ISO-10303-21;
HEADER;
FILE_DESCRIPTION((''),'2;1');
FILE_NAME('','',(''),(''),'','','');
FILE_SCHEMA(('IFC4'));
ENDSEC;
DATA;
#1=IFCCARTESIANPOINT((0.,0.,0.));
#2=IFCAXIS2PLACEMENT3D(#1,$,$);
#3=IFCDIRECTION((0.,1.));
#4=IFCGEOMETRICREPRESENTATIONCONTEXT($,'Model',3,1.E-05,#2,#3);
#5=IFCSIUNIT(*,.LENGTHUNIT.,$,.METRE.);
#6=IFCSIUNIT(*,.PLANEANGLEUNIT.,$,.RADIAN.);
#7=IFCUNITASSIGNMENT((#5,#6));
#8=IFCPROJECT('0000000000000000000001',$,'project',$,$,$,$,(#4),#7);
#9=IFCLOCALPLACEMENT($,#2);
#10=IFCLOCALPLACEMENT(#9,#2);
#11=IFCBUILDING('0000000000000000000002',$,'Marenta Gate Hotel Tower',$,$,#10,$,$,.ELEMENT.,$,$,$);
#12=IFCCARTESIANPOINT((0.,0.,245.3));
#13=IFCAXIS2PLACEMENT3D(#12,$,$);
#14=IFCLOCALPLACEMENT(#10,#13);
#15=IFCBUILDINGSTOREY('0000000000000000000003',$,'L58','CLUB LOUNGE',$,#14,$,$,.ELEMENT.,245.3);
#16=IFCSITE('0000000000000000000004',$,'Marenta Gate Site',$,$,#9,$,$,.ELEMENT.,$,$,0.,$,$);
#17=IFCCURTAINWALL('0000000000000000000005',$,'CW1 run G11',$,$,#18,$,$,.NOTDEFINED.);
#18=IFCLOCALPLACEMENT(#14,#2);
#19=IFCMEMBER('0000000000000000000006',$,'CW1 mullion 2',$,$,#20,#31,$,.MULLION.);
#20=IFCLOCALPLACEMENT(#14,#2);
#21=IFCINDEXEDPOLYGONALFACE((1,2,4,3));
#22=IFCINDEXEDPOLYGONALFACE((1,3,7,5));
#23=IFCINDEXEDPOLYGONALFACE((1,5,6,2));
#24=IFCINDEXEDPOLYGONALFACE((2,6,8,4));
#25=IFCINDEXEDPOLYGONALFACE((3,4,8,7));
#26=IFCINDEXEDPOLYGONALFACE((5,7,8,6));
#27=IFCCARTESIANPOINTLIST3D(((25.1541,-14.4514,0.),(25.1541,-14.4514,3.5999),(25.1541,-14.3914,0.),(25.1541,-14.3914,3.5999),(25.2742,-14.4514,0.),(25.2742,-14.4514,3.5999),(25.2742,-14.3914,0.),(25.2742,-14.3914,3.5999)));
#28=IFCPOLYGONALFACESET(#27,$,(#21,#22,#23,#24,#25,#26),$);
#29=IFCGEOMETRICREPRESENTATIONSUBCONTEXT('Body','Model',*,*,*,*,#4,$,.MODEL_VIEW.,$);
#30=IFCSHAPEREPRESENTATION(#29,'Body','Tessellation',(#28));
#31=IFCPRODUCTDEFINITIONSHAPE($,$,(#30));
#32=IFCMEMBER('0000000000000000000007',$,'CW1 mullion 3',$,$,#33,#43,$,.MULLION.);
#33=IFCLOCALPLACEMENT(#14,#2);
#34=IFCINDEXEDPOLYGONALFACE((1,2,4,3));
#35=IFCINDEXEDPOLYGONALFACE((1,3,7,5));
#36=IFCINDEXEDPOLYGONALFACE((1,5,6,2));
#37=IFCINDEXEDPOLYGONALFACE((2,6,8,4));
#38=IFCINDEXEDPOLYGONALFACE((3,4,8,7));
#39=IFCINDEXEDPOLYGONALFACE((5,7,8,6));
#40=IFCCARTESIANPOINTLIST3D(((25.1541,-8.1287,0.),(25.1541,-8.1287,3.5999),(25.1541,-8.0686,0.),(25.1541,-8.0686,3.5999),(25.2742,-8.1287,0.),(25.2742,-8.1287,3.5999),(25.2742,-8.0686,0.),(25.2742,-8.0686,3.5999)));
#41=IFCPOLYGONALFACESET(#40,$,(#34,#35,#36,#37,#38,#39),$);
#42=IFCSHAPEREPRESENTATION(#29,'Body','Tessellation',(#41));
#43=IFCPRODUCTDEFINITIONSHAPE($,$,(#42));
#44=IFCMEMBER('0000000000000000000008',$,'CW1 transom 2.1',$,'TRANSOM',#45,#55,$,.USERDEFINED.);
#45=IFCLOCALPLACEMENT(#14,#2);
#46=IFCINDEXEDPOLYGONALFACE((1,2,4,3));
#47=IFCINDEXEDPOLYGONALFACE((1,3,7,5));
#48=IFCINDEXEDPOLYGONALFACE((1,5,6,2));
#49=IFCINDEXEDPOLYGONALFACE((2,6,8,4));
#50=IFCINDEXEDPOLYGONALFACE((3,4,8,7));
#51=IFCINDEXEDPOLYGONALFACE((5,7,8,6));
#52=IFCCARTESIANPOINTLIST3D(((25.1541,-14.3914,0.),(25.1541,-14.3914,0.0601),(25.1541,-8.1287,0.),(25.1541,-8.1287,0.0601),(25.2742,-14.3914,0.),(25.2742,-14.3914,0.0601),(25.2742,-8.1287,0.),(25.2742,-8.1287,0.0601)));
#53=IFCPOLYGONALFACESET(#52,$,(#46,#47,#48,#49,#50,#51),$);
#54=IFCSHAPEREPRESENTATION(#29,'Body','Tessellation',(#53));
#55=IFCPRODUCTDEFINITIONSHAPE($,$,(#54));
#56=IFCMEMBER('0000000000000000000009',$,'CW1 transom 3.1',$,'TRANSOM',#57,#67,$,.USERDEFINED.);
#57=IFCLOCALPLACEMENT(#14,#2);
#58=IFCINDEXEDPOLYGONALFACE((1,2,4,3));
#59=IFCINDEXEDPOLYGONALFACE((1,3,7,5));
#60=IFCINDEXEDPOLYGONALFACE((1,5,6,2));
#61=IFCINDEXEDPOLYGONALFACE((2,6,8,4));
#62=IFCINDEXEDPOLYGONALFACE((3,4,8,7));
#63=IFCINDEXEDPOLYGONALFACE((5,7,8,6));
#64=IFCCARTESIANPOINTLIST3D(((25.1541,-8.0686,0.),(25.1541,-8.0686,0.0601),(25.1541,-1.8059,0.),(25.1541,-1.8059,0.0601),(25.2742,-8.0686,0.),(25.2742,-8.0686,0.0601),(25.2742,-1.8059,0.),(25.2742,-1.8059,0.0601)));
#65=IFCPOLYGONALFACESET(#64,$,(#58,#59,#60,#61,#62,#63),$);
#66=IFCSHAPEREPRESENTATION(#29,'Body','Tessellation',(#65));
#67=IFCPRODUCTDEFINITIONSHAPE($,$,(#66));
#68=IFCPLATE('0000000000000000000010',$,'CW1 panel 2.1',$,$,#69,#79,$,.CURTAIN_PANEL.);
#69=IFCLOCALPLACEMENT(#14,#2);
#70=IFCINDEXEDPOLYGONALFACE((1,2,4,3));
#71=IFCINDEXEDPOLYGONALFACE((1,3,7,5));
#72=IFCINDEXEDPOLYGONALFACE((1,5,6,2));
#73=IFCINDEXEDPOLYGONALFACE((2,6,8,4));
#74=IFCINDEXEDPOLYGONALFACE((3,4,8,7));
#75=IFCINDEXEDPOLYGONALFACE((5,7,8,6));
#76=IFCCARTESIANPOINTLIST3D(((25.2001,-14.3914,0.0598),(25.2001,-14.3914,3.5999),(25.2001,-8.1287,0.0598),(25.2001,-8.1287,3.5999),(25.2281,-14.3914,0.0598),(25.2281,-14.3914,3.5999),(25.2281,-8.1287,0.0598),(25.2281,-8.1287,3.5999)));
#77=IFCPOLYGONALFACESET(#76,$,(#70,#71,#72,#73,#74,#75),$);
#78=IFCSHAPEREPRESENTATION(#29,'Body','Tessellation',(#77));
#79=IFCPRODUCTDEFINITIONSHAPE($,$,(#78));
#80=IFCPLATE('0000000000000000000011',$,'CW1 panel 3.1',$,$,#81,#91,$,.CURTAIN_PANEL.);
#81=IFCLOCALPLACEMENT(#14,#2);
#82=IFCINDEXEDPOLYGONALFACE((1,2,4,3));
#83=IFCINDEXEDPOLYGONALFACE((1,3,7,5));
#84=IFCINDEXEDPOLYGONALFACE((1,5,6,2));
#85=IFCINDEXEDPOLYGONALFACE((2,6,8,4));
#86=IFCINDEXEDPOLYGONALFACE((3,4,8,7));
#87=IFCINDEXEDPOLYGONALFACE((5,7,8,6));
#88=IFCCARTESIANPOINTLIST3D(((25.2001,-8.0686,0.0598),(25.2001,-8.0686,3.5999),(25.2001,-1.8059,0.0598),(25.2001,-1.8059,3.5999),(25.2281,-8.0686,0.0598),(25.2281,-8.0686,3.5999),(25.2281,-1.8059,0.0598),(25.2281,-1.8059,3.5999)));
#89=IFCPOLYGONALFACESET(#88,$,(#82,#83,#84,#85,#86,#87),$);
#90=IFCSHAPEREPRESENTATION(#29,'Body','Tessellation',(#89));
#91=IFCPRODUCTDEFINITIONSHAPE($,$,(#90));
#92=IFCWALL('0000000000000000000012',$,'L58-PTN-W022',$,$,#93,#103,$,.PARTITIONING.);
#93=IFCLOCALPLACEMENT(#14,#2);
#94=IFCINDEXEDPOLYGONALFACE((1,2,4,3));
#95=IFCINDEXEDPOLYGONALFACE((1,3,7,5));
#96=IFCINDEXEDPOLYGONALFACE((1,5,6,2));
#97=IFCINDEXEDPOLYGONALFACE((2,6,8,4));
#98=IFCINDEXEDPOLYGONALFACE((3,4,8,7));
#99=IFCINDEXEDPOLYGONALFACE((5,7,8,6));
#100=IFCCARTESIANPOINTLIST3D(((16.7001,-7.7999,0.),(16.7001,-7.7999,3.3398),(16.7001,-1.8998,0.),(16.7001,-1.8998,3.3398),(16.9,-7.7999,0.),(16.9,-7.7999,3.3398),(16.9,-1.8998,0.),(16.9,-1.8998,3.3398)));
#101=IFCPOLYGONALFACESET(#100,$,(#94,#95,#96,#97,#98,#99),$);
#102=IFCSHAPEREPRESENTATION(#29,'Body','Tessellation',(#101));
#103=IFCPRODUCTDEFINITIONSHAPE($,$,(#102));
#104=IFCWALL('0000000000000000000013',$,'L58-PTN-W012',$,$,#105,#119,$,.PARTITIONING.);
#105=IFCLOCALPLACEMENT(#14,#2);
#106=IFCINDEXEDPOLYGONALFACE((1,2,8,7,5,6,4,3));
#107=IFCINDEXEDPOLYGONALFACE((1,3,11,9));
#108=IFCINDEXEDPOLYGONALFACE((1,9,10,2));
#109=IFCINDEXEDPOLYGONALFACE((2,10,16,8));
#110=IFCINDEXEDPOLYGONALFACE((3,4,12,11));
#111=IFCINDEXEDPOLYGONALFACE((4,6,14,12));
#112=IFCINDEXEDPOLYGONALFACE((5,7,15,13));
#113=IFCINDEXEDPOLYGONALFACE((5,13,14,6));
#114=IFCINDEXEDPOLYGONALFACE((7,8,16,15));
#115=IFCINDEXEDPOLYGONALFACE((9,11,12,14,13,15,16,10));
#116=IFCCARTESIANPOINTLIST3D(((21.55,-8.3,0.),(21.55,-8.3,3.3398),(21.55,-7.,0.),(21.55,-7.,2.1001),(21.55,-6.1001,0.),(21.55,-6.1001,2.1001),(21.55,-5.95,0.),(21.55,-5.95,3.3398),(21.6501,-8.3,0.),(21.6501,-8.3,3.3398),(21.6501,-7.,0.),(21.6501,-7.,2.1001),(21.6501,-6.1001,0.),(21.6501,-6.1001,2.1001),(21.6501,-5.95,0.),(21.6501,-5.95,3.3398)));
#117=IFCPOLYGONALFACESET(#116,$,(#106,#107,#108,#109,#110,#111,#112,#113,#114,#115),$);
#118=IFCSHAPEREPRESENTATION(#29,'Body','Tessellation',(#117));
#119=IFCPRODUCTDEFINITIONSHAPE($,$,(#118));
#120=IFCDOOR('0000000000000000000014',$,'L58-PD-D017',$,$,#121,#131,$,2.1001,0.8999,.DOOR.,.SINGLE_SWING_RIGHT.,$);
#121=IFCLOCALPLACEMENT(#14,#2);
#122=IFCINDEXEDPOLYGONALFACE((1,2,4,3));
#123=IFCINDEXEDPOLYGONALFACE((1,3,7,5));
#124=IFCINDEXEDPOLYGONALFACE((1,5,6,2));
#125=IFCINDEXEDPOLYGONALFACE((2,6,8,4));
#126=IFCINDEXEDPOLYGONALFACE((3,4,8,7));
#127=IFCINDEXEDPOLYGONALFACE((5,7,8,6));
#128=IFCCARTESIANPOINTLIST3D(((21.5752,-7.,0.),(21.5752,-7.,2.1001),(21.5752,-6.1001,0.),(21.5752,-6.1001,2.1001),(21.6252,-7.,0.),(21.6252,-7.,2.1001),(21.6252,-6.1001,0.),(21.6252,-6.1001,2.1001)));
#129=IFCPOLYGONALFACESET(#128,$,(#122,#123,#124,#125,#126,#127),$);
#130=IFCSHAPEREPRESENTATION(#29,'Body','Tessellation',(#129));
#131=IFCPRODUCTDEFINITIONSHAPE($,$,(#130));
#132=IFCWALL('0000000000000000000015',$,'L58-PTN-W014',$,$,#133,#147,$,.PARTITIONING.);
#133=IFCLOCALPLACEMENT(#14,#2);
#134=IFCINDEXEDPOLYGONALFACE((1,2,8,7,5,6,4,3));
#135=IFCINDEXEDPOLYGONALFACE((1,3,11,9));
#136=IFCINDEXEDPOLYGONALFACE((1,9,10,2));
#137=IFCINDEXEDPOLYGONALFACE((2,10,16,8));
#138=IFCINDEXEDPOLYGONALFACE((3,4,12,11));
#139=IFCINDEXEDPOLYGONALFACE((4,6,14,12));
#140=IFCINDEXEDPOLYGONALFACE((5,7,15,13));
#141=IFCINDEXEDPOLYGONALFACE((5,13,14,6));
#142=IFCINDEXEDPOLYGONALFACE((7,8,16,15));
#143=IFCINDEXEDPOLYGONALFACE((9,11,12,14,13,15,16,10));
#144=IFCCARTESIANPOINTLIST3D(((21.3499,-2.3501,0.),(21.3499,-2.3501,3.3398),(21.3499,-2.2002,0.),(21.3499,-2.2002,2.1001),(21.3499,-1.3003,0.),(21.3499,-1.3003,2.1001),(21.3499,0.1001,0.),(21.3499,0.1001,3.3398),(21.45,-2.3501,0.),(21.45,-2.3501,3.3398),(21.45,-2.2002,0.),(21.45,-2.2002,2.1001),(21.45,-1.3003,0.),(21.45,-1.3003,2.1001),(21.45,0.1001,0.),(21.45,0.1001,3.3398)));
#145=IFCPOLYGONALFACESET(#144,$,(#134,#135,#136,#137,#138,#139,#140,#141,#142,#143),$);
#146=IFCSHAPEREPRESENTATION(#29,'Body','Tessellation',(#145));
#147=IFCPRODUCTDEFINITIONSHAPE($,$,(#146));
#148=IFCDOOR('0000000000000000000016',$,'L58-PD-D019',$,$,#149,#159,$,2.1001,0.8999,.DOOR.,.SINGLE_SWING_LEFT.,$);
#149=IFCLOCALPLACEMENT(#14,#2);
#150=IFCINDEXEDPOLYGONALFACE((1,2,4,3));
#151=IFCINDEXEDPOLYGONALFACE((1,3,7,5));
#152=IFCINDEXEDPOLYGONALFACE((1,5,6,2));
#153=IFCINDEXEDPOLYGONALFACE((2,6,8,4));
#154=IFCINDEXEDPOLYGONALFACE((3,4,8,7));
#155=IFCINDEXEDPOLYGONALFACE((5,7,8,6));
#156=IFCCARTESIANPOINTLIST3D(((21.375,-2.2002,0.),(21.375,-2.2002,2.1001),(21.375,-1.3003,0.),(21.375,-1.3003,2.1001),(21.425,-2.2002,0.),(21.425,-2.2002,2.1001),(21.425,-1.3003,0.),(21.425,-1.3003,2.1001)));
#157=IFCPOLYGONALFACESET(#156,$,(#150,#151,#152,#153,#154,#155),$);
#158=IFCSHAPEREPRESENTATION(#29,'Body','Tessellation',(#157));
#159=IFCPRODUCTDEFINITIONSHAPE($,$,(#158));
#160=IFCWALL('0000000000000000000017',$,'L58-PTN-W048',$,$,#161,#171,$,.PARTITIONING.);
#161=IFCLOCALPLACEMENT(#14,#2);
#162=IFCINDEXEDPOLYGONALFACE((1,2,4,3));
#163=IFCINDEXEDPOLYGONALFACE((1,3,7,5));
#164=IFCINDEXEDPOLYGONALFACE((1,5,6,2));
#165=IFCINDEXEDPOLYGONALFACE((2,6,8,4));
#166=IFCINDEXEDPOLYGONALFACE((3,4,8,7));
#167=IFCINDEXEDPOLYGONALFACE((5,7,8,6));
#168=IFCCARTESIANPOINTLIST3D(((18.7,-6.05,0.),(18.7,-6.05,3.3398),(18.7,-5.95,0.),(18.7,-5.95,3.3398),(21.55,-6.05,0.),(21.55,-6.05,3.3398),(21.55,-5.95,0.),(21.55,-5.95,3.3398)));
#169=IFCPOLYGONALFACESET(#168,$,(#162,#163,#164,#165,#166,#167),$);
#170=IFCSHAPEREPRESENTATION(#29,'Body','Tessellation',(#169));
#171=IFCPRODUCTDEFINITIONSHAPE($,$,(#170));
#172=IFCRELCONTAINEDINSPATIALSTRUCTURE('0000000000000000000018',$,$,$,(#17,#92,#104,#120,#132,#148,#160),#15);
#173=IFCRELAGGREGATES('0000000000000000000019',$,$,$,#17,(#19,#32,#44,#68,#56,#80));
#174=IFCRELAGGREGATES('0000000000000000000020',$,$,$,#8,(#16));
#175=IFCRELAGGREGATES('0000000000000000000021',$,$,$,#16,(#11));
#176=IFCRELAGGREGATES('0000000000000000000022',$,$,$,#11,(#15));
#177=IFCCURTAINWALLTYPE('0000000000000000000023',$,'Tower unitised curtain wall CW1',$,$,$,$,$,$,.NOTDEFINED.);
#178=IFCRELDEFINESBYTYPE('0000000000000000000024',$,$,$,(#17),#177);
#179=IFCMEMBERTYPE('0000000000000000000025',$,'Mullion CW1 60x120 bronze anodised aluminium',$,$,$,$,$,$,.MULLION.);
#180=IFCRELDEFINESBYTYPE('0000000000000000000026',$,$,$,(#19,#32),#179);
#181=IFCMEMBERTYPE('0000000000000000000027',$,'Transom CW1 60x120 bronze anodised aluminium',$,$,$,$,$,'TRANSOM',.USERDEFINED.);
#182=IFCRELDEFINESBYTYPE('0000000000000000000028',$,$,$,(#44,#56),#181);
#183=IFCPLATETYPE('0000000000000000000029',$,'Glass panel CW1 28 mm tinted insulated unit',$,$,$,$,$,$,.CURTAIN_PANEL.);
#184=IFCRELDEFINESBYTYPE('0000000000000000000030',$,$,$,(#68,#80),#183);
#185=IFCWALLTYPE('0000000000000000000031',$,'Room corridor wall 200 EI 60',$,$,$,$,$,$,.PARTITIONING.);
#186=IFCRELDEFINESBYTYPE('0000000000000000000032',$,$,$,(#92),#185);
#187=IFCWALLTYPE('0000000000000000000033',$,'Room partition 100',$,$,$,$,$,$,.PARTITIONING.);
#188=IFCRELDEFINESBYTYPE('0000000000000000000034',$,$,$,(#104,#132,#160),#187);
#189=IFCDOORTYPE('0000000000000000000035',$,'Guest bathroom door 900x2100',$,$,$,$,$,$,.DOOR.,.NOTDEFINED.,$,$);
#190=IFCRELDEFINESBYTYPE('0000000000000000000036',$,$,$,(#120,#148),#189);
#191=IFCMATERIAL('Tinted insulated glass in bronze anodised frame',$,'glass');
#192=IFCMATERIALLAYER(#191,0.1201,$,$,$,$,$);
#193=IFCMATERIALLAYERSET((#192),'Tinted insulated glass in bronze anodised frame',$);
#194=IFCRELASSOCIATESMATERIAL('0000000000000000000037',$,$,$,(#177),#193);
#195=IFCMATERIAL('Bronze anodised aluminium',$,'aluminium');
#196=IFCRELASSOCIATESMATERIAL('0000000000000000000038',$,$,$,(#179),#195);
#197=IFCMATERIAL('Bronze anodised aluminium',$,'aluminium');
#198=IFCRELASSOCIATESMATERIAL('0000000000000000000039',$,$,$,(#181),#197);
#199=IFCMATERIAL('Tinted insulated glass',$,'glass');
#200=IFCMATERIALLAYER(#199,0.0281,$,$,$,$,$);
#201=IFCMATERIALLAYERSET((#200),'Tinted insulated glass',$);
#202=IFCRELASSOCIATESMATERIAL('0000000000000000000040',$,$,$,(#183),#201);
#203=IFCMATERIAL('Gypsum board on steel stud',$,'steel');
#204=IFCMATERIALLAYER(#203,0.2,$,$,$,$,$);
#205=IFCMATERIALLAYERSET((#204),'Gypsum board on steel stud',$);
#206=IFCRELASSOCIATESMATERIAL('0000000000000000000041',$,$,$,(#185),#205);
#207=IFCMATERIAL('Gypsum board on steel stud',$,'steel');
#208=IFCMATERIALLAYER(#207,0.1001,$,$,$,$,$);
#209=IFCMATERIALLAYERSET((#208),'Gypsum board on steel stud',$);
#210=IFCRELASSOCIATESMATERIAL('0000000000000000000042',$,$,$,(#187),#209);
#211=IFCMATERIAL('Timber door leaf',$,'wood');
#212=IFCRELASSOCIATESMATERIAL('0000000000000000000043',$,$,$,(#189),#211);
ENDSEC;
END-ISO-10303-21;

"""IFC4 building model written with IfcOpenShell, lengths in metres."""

from ifc_helpers import new_model, si_unit, direction, frame, frame_2d, origin, origin_2d, place, context, subcontext, project, spatial, rectangle, extrude, material, layer, layer_set, material_profile, profile_set, type_object, element, fill, aggregate, save


model = new_model("IFC4")

# Units and contexts
model_context = context("Model", 3, precision=1e-05, world=origin(), true_north=direction((0.0, 1.0)))
body_context = subcontext(model_context, "Body", "Model", "MODEL_VIEW")
ifc_project = project(units=[si_unit("LENGTHUNIT", "METRE"), si_unit("PLANEANGLEUNIT", "RADIAN")], contexts=[model_context])

# Site, building, storey
site_placement = place(None, origin())
site = spatial("IfcSite", under=ifc_project, at=site_placement, Name="Marenta Gate Site", CompositionType="ELEMENT", RefElevation=0.0)
building_placement = place(site_placement, origin())
building = spatial("IfcBuilding", under=site, at=building_placement, Name="Marenta Gate Hotel Tower", CompositionType="ELEMENT")
storey_placement = place(building_placement, frame((0.0, 0.0, 245.3)))
storey = spatial("IfcBuildingStorey", under=building, at=storey_placement, Name="L58", Description="CLUB LOUNGE", CompositionType="ELEMENT", Elevation=245.3)

# Curtain wall, members, plates
ifc_material_1 = material(Name="Tinted insulated glass in bronze anodised frame", Category="glass")
ifc_layer_1 = layer(ifc_material_1, 0.1201)
ifc_layer_set_1 = layer_set([ifc_layer_1], Name="Tinted insulated glass in bronze anodised frame")
curtain_wall_type = type_object("IfcCurtainWallType", Name="Tower unitised curtain wall CW1", PredefinedType="NOTDEFINED", material=ifc_layer_set_1)
curtain_wall_placement = place(storey_placement, origin())
curtain_wall = element("IfcCurtainWall", 1, at=curtain_wall_placement, inside=storey, type_object=curtain_wall_type, Name="CW1 run G11", PredefinedType="NOTDEFINED")
ifc_material_2 = material(Name="Bronze anodised aluminium", Category="aluminium")
ifc_material_profile_1 = material_profile(ifc_material_2, rectangle(XDim=0.1201, YDim=0.0601, at=origin_2d()), Name="Mullion CW1 60x120 bronze anodised aluminium")
ifc_profile_set_1 = profile_set([ifc_material_profile_1], Name="Bronze anodised aluminium")
member_type_1 = type_object("IfcMemberType", Name="Mullion CW1 60x120 bronze anodised aluminium", PredefinedType="MULLION", material=ifc_profile_set_1)
member_1_placement = place(storey_placement, frame((25.2141, -14.4214, 0.0), z_axis=(0.0, 0.0, 1.0), x_axis=(-1.0, 0.0, 0.0)))
member_1 = element("IfcMember", 2, at=member_1_placement, type_object=member_type_1, Name="CW1 mullion 2", PredefinedType="MULLION", context=body_context, shape_type="SweptSolid", body=[
    extrude(rectangle(XDim=0.1201, YDim=0.0601, at=origin_2d()), origin(), (0.0, 0.0, 1.0), 3.5999),
])
member_2_placement = place(storey_placement, frame((25.2141, -8.0986, 0.0), z_axis=(0.0, 0.0, 1.0), x_axis=(-1.0, 0.0, 0.0)))
member_2 = element("IfcMember", 3, at=member_2_placement, type_object=member_type_1, Name="CW1 mullion 3", PredefinedType="MULLION", context=body_context, shape_type="SweptSolid", body=[
    extrude(rectangle(XDim=0.1201, YDim=0.0601, at=origin_2d()), origin(), (0.0, 0.0, 1.0), 3.5999),
])
ifc_material_3 = material(Name="Bronze anodised aluminium", Category="aluminium")
ifc_material_profile_2 = material_profile(ifc_material_3, rectangle(XDim=0.1201, YDim=0.0601, at=origin_2d()), Name="Transom CW1 60x120 bronze anodised aluminium")
ifc_profile_set_2 = profile_set([ifc_material_profile_2], Name="Bronze anodised aluminium")
member_type_2 = type_object("IfcMemberType", Name="Transom CW1 60x120 bronze anodised aluminium", ElementType="TRANSOM", PredefinedType="USERDEFINED", material=ifc_profile_set_2)
member_3_placement = place(storey_placement, frame((25.2141, -14.3914, 0.03), z_axis=(0.0, 1.0, 0.0), x_axis=(-1.0, 0.0, 0.0)))
member_3 = element("IfcMember", 4, at=member_3_placement, type_object=member_type_2, Name="CW1 transom 2.1", ObjectType="TRANSOM", PredefinedType="USERDEFINED", context=body_context, shape_type="SweptSolid", body=[
    extrude(rectangle(XDim=0.1201, YDim=0.0601, at=origin_2d()), origin(), (0.0, 0.0, 1.0), 6.2627),
])
member_4_placement = place(storey_placement, frame((25.2141, -8.0686, 0.03), z_axis=(0.0, 1.0, 0.0), x_axis=(-1.0, 0.0, 0.0)))
member_4 = element("IfcMember", 5, at=member_4_placement, type_object=member_type_2, Name="CW1 transom 3.1", ObjectType="TRANSOM", PredefinedType="USERDEFINED", context=body_context, shape_type="SweptSolid", body=[
    extrude(rectangle(XDim=0.1201, YDim=0.0601, at=origin_2d()), origin(), (0.0, 0.0, 1.0), 6.2627),
])
ifc_material_4 = material(Name="Tinted insulated glass", Category="glass")
ifc_layer_2 = layer(ifc_material_4, 0.0281)
ifc_layer_set_2 = layer_set([ifc_layer_2], Name="Tinted insulated glass")
plate_type = type_object("IfcPlateType", Name="Glass panel CW1 28 mm tinted insulated unit", PredefinedType="CURTAIN_PANEL", material=ifc_layer_set_2)
plate_1_placement = place(storey_placement, frame((25.2141, -11.26, 0.0598), z_axis=(0.0, 0.0, 1.0), x_axis=(0.0, 1.0, 0.0)))
plate_1 = element("IfcPlate", 6, at=plate_1_placement, type_object=plate_type, Name="CW1 panel 2.1", PredefinedType="CURTAIN_PANEL", context=body_context, shape_type="SweptSolid", body=[
    extrude(rectangle(XDim=6.2627, YDim=0.0281, at=origin_2d()), origin(), (0.0, 0.0, 1.0), 3.54),
])
plate_2_placement = place(storey_placement, frame((25.2141, -4.9373, 0.0598), z_axis=(0.0, 0.0, 1.0), x_axis=(0.0, 1.0, 0.0)))
plate_2 = element("IfcPlate", 7, at=plate_2_placement, type_object=plate_type, Name="CW1 panel 3.1", PredefinedType="CURTAIN_PANEL", context=body_context, shape_type="SweptSolid", body=[
    extrude(rectangle(XDim=6.2627, YDim=0.0281, at=origin_2d()), origin(), (0.0, 0.0, 1.0), 3.54),
])
aggregate(curtain_wall, [member_1, member_2, member_3, plate_1, member_4, plate_2])

# Wall
ifc_material_5 = material(Name="Gypsum board on steel stud", Category="steel")
ifc_layer_3 = layer(ifc_material_5, 0.2)
ifc_layer_set_3 = layer_set([ifc_layer_3], Name="Gypsum board on steel stud")
wall_type_1 = type_object("IfcWallType", Name="Room corridor wall 200 EI 60", PredefinedType="PARTITIONING", material=ifc_layer_set_3)
wall_1_placement = place(storey_placement, frame((16.8, -7.8, 0.0), z_axis=(0.0, 0.0, 1.0), x_axis=(0.0, 1.0, 0.0)))
element("IfcWall", 8, at=wall_1_placement, inside=storey, type_object=wall_type_1, Name="L58-PTN-W022", PredefinedType="PARTITIONING", context=body_context, shape_type="SweptSolid", body=[
    extrude(rectangle(XDim=5.9001, YDim=0.2, at=frame_2d((2.9502, 0.0))), origin(), (0.0, 0.0, 1.0), 3.3398),
])

# Walls, openings, doors
ifc_material_6 = material(Name="Gypsum board on steel stud", Category="steel")
ifc_layer_4 = layer(ifc_material_6, 0.1001)
ifc_layer_set_4 = layer_set([ifc_layer_4], Name="Gypsum board on steel stud")
wall_type_2 = type_object("IfcWallType", Name="Room partition 100", PredefinedType="PARTITIONING", material=ifc_layer_set_4)
wall_2_placement = place(storey_placement, frame((21.6001, -8.3, 0.0), z_axis=(0.0, 0.0, 1.0), x_axis=(0.0, 1.0, 0.0)))
wall_2 = element("IfcWall", 9, at=wall_2_placement, inside=storey, type_object=wall_type_2, Name="L58-PTN-W012", PredefinedType="PARTITIONING", context=body_context, shape_type="SweptSolid", body=[
    extrude(rectangle(XDim=2.3501, YDim=0.1001, at=frame_2d((1.175, 0.0))), origin(), (0.0, 0.0, 1.0), 3.3398),
])
opening_1_placement = place(wall_2_placement, frame((1.3, 0.0, 0.0)))
opening_1 = element("IfcOpeningElement", 10, at=opening_1_placement, cuts=wall_2, PredefinedType="OPENING", context=body_context, shape_type="SweptSolid", body=[
    extrude(rectangle(XDim=0.8999, YDim=2.1001, at=frame_2d((0.45, 1.05))), frame((0.0, 0.05, 0.0), z_axis=(0.0, -1.0, 0.0), x_axis=(1.0, 0.0, 0.0)), (0.0, 0.0, 1.0), 0.1001),
])
ifc_material_7 = material(Name="Timber door leaf", Category="wood")
door_type = type_object("IfcDoorType", Name="Guest bathroom door 900x2100", OperationType="NOTDEFINED", PredefinedType="DOOR", material=ifc_material_7)
door_1_placement = place(opening_1_placement, origin())
door_1 = element("IfcDoor", 11, at=door_1_placement, inside=storey, type_object=door_type, Name="L58-PD-D017", OperationType="SINGLE_SWING_RIGHT", OverallHeight=2.1001, OverallWidth=0.8999, PredefinedType="DOOR", context=body_context, shape_type="SweptSolid", body=[
    extrude(rectangle(XDim=0.8999, YDim=2.1001, at=frame_2d((0.45, 1.05))), frame((0.0, 0.0249, 0.0), z_axis=(0.0, -1.0, 0.0), x_axis=(1.0, 0.0, 0.0)), (0.0, 0.0, 1.0), 0.05),
])
fill(opening_1, door_1)
wall_3_placement = place(storey_placement, frame((21.3999, -2.3501, 0.0), z_axis=(0.0, 0.0, 1.0), x_axis=(0.0, 1.0, 0.0)))
wall_3 = element("IfcWall", 12, at=wall_3_placement, inside=storey, type_object=wall_type_2, Name="L58-PTN-W014", PredefinedType="PARTITIONING", context=body_context, shape_type="SweptSolid", body=[
    extrude(rectangle(XDim=2.4502, YDim=0.1001, at=frame_2d((1.2251, 0.0))), origin(), (0.0, 0.0, 1.0), 3.3398),
])
opening_2_placement = place(wall_3_placement, frame((0.1499, 0.0, 0.0)))
opening_2 = element("IfcOpeningElement", 13, at=opening_2_placement, cuts=wall_3, PredefinedType="OPENING", context=body_context, shape_type="SweptSolid", body=[
    extrude(rectangle(XDim=0.8999, YDim=2.1001, at=frame_2d((0.45, 1.05))), frame((0.0, 0.05, 0.0), z_axis=(0.0, -1.0, 0.0), x_axis=(1.0, 0.0, 0.0)), (0.0, 0.0, 1.0), 0.1001),
])
door_2_placement = place(opening_2_placement, origin())
door_2 = element("IfcDoor", 14, at=door_2_placement, inside=storey, type_object=door_type, Name="L58-PD-D019", OperationType="SINGLE_SWING_LEFT", OverallHeight=2.1001, OverallWidth=0.8999, PredefinedType="DOOR", context=body_context, shape_type="SweptSolid", body=[
    extrude(rectangle(XDim=0.8999, YDim=2.1001, at=frame_2d((0.45, 1.05))), frame((0.0, 0.0249, 0.0), z_axis=(0.0, -1.0, 0.0), x_axis=(1.0, 0.0, 0.0)), (0.0, 0.0, 1.0), 0.05),
])
fill(opening_2, door_2)

# Wall
wall_4_placement = place(storey_placement, frame((18.7, -6.0, 0.0), z_axis=(0.0, 0.0, 1.0), x_axis=(1.0, 0.0, 0.0)))
element("IfcWall", 15, at=wall_4_placement, inside=storey, type_object=wall_type_2, Name="L58-PTN-W048", PredefinedType="PARTITIONING", context=body_context, shape_type="SweptSolid", body=[
    extrude(rectangle(XDim=2.8501, YDim=0.1001, at=frame_2d((1.425, 0.0))), origin(), (0.0, 0.0, 1.0), 3.3398),
])

save(model, "model.ifc")
